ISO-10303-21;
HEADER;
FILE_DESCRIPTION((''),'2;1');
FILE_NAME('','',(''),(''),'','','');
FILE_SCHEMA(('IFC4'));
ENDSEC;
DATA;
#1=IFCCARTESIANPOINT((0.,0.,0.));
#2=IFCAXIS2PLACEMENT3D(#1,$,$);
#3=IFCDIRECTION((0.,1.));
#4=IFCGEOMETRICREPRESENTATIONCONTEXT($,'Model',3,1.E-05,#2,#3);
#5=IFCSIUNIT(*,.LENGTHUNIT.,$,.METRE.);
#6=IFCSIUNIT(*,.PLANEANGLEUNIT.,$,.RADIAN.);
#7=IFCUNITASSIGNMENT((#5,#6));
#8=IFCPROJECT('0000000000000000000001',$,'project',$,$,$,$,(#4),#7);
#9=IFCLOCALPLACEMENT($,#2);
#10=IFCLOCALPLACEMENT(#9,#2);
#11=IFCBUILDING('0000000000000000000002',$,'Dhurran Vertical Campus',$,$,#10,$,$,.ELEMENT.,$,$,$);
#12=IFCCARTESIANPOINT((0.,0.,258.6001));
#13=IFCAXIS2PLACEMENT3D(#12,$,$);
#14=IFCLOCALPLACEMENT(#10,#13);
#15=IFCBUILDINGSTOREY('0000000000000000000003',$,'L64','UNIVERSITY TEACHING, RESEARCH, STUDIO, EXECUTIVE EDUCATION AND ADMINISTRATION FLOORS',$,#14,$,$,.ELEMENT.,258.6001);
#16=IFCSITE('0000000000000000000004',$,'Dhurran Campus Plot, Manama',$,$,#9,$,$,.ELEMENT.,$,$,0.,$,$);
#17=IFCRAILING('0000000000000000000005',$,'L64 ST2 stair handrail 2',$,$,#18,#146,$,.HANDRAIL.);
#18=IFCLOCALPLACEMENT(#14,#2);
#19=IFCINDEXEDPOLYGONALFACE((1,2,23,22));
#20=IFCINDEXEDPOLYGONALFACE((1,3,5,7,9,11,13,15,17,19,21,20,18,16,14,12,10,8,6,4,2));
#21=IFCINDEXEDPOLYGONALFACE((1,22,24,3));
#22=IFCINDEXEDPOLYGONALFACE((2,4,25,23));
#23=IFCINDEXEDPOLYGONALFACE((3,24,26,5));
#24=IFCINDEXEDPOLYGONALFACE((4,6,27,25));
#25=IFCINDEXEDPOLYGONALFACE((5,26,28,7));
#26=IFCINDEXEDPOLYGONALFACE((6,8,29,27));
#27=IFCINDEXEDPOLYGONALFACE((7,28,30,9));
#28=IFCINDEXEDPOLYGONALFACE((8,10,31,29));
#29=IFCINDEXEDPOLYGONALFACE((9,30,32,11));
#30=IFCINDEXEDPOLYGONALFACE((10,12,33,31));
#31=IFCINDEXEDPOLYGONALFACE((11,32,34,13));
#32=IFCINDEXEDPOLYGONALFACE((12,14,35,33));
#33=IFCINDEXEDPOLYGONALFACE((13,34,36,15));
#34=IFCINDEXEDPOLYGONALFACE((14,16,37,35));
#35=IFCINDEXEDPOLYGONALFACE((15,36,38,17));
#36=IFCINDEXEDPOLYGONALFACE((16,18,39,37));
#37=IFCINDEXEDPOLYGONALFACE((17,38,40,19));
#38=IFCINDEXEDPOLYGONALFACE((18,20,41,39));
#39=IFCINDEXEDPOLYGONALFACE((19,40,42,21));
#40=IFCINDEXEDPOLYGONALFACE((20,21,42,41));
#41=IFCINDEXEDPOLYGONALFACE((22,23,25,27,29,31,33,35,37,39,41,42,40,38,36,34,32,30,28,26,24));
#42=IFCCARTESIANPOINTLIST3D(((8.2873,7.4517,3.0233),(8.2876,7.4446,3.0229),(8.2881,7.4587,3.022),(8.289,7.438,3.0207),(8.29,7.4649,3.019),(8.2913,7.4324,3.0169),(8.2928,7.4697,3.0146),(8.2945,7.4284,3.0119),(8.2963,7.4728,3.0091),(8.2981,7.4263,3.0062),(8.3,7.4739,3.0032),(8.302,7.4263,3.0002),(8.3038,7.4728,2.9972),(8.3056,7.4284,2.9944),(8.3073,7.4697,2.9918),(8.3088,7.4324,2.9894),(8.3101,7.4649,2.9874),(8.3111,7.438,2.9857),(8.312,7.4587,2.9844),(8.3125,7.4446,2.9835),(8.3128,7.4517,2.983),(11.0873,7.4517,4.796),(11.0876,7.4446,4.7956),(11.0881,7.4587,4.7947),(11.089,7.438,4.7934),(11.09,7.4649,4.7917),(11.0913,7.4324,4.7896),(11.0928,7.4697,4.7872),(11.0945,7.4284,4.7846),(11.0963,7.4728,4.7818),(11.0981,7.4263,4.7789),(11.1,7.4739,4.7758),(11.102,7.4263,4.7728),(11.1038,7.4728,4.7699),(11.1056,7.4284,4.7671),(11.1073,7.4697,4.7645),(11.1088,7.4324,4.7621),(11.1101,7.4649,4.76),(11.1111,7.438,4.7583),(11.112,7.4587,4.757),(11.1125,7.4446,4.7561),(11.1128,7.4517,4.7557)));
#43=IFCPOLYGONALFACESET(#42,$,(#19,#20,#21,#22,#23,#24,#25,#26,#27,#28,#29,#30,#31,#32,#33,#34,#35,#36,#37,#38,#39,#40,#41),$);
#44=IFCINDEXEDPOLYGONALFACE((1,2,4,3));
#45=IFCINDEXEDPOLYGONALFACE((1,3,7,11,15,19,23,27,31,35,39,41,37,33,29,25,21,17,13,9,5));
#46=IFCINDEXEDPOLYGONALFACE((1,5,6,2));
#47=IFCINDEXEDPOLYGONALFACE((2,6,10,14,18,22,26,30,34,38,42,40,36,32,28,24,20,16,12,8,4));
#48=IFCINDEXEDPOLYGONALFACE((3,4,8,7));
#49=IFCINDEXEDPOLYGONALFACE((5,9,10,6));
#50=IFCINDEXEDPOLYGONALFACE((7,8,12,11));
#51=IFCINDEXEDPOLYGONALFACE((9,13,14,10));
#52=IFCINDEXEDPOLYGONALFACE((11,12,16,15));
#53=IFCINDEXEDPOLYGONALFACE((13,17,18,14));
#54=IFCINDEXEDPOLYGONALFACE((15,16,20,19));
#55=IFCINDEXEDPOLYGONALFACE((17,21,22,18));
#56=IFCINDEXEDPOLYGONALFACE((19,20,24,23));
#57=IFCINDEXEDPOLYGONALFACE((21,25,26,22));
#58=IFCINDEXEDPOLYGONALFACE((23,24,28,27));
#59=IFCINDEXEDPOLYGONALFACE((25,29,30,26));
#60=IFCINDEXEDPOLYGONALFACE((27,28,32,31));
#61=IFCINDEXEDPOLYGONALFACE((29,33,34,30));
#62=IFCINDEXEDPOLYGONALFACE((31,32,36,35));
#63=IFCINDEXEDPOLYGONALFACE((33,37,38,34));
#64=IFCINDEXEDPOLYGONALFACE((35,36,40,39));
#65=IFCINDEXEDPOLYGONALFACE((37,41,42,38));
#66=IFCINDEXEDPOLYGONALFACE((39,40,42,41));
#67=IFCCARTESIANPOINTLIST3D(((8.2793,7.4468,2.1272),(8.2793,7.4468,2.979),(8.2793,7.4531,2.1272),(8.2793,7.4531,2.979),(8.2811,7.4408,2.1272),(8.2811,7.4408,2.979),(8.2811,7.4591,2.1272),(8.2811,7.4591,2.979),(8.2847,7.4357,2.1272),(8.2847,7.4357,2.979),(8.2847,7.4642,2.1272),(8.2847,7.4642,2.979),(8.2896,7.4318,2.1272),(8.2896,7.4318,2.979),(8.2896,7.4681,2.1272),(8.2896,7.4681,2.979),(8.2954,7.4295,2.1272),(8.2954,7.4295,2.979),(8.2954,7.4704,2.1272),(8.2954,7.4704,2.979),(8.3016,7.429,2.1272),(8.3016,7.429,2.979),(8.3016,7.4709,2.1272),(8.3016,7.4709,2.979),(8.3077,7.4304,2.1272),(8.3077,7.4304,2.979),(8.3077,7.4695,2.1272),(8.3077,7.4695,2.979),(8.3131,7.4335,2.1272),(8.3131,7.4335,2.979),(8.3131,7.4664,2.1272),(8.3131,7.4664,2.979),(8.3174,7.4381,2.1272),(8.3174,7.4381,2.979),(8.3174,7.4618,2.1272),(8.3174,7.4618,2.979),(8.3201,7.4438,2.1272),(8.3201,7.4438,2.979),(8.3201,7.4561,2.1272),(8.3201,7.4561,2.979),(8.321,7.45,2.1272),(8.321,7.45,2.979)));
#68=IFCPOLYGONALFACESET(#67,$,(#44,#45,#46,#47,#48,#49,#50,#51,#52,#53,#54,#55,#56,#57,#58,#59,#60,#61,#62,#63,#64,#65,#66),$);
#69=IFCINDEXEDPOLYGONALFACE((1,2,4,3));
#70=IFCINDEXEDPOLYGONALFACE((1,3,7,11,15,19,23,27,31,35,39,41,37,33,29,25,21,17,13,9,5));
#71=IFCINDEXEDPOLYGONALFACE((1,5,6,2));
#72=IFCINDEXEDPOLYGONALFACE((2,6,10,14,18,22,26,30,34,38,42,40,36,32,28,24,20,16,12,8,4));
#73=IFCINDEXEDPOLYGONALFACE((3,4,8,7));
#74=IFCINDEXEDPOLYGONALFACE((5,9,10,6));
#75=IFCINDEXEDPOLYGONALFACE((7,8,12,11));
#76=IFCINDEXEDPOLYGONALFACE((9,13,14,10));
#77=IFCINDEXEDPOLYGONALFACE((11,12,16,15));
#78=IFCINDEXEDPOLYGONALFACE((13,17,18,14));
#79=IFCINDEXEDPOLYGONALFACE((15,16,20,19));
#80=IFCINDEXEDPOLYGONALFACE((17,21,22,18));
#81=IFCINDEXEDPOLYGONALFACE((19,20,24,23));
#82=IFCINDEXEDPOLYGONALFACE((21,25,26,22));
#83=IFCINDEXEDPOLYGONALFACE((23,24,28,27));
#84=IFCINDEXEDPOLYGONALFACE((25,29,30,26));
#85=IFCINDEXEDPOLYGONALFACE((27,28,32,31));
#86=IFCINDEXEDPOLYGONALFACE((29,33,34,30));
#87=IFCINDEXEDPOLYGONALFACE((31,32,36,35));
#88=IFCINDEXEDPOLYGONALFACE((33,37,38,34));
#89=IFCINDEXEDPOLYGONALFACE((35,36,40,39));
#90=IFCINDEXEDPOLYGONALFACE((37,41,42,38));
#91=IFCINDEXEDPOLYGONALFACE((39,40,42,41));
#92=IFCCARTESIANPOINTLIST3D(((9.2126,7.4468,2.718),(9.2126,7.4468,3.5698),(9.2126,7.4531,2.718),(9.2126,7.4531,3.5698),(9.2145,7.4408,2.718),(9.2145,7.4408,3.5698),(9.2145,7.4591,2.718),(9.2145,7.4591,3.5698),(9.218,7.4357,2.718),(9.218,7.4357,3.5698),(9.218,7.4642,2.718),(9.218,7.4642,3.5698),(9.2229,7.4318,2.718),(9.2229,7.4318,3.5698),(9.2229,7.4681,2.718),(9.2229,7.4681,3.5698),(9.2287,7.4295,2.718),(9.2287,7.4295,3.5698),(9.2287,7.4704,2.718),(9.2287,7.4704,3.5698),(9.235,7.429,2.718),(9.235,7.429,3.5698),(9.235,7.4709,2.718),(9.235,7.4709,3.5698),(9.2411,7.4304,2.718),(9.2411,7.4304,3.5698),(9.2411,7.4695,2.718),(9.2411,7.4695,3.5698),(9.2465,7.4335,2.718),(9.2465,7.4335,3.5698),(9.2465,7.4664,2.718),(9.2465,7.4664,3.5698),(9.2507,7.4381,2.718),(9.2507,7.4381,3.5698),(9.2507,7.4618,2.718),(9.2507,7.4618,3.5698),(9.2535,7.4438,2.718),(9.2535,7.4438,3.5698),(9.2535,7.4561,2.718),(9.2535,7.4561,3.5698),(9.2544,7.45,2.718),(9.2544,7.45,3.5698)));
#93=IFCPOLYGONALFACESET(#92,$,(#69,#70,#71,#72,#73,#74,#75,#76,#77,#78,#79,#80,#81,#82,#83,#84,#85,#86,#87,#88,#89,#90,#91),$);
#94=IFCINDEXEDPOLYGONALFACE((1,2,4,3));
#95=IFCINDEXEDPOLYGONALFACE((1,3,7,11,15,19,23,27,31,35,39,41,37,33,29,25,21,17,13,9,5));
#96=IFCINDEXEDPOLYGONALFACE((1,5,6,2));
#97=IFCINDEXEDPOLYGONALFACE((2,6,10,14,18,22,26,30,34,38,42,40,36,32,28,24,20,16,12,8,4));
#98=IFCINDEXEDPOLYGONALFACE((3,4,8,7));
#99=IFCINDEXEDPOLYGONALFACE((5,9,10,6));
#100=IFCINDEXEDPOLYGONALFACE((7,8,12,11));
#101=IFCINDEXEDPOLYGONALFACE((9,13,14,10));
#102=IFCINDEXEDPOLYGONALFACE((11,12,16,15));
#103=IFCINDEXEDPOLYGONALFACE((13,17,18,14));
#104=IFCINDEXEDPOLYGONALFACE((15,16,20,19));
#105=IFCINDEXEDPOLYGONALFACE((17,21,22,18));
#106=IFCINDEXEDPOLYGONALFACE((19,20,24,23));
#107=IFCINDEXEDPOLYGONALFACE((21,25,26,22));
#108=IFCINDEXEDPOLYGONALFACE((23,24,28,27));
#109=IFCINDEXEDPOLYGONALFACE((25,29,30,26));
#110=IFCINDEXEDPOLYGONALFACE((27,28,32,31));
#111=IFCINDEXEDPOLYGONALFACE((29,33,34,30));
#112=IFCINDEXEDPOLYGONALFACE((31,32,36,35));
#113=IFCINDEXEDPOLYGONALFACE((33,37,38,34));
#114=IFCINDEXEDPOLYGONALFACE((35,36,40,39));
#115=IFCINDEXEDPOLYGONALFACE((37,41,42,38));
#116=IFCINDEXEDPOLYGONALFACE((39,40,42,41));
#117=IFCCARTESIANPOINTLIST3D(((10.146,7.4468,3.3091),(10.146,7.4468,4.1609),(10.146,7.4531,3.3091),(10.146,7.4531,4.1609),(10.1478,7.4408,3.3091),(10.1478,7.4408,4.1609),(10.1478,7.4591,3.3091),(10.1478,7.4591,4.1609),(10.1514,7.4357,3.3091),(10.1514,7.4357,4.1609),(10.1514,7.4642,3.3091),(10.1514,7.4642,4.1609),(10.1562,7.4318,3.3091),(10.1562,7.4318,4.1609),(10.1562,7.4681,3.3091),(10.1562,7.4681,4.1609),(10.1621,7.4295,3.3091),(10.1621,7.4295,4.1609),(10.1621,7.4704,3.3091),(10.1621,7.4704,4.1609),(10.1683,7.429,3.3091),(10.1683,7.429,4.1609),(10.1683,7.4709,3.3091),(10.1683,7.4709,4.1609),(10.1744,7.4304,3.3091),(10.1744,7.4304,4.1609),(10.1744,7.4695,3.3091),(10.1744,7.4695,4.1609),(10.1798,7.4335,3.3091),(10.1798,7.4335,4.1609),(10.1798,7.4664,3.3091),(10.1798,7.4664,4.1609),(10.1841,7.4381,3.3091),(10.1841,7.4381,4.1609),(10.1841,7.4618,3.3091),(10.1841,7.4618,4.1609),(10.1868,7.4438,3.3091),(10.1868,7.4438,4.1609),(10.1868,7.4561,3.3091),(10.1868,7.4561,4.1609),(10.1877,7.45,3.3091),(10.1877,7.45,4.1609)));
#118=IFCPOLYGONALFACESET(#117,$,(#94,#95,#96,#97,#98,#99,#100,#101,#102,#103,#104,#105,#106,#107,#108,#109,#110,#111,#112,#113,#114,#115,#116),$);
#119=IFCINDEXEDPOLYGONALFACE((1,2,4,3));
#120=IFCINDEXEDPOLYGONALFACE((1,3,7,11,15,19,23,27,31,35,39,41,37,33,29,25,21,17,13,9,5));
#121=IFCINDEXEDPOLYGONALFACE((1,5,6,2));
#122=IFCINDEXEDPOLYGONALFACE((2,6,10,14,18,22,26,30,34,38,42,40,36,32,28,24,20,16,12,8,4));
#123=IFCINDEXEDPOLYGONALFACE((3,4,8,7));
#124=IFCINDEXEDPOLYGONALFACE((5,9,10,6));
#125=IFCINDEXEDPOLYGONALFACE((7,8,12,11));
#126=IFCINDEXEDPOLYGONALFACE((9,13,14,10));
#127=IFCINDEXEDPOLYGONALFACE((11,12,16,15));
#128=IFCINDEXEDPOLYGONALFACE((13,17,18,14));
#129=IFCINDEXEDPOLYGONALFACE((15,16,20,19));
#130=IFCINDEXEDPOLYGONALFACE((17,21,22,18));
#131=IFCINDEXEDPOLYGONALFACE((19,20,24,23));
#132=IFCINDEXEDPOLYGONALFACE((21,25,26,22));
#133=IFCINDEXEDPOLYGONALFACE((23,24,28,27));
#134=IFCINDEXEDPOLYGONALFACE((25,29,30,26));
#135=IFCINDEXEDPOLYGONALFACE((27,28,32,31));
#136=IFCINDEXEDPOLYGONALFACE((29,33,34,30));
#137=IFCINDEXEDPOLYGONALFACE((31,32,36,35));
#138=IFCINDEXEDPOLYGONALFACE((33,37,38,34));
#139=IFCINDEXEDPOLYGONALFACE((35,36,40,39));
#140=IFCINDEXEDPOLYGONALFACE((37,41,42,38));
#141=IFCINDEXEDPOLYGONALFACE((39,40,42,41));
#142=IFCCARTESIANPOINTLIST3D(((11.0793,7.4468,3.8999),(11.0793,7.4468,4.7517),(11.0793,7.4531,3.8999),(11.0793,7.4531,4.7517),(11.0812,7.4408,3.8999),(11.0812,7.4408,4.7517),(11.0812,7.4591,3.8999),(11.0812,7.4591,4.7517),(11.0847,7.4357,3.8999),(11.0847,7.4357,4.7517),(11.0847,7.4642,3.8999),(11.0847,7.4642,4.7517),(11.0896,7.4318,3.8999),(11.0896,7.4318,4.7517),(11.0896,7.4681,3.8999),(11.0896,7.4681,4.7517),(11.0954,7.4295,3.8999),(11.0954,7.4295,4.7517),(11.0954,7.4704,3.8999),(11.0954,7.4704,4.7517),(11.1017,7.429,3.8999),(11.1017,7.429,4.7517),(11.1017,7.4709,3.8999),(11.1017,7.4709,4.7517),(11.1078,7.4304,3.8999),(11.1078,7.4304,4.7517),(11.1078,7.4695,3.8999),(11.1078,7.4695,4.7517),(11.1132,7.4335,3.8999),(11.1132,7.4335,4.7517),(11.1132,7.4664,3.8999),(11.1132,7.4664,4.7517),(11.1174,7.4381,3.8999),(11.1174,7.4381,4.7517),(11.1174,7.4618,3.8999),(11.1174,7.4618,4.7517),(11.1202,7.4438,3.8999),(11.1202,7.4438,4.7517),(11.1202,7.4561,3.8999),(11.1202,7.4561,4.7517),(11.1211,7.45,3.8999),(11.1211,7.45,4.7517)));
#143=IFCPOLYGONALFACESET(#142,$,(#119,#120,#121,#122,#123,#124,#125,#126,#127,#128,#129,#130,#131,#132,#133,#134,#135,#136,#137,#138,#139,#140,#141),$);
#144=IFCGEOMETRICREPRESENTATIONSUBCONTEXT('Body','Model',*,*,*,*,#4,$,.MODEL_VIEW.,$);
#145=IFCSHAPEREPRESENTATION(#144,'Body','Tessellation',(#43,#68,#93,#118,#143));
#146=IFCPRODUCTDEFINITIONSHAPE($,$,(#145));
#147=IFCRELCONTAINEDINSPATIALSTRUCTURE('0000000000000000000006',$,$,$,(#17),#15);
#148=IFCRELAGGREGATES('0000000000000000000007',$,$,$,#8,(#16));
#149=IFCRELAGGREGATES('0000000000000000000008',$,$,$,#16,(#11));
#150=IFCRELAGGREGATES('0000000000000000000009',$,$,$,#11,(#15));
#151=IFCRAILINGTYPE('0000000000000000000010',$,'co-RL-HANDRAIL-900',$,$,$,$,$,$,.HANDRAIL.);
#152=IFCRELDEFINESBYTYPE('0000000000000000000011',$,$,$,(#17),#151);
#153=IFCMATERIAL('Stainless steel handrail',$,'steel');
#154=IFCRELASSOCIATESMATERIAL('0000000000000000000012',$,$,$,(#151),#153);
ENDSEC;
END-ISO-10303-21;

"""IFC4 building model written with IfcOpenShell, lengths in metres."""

from ifc_helpers import new_model, si_unit, direction, frame, origin, origin_2d, place, context, subcontext, project, spatial, circle, extrude, material, type_object, element, save


model = new_model("IFC4")

# Units and contexts
model_context = context("Model", 3, precision=1e-05, world=origin(), true_north=direction((0.0, 1.0)))
body_context = subcontext(model_context, "Body", "Model", "MODEL_VIEW")
ifc_project = project(units=[si_unit("LENGTHUNIT", "METRE"), si_unit("PLANEANGLEUNIT", "RADIAN")], contexts=[model_context])

# Site, building, storey
site_placement = place(None, origin())
site = spatial("IfcSite", under=ifc_project, at=site_placement, Name="Dhurran Campus Plot, Manama", CompositionType="ELEMENT", RefElevation=0.0)
building_placement = place(site_placement, origin())
building = spatial("IfcBuilding", under=site, at=building_placement, Name="Dhurran Vertical Campus", CompositionType="ELEMENT")
storey_placement = place(building_placement, frame((0.0, 0.0, 258.6001)))
storey = spatial("IfcBuildingStorey", under=building, at=storey_placement, Name="L64", Description="UNIVERSITY TEACHING, RESEARCH, STUDIO, EXECUTIVE EDUCATION AND ADMINISTRATION FLOORS", CompositionType="ELEMENT", Elevation=258.6001)

# Railing
ifc_material_1 = material(Name="Stainless steel handrail", Category="steel")
railing_type_1 = type_object("IfcRailingType", Name="co-RL-HANDRAIL-900", PredefinedType="HANDRAIL", material=ifc_material_1)
railing_1_placement = place(storey_placement, frame((8.3, 7.45, 2.1272)))
element("IfcRailing", 1, at=railing_1_placement, inside=storey, type_object=railing_type_1, Name="L64 ST2 stair handrail 2", PredefinedType="HANDRAIL", context=body_context, shape_type="SweptSolid", body=[
    extrude(circle(Radius=0.0239, at=origin_2d()), frame((0.0, 0.0, 0.876), z_axis=(0.844909, 0.0, 0.53491), x_axis=(0.0, 1.0, 0.0)), (0.0, 0.0, 1.0), 3.314),
    extrude(circle(Radius=0.021, at=origin_2d()), origin(), (0.0, 0.0, 1.0), 0.8518),
    extrude(circle(Radius=0.021, at=origin_2d()), frame((0.9333, 0.0, 0.5908)), (0.0, 0.0, 1.0), 0.8518),
    extrude(circle(Radius=0.021, at=origin_2d()), frame((1.8667, 0.0, 1.1819)), (0.0, 0.0, 1.0), 0.8518),
    extrude(circle(Radius=0.021, at=origin_2d()), frame((2.8, 0.0, 1.7727)), (0.0, 0.0, 1.0), 0.8518),
])

save(model, "model.ifc")
